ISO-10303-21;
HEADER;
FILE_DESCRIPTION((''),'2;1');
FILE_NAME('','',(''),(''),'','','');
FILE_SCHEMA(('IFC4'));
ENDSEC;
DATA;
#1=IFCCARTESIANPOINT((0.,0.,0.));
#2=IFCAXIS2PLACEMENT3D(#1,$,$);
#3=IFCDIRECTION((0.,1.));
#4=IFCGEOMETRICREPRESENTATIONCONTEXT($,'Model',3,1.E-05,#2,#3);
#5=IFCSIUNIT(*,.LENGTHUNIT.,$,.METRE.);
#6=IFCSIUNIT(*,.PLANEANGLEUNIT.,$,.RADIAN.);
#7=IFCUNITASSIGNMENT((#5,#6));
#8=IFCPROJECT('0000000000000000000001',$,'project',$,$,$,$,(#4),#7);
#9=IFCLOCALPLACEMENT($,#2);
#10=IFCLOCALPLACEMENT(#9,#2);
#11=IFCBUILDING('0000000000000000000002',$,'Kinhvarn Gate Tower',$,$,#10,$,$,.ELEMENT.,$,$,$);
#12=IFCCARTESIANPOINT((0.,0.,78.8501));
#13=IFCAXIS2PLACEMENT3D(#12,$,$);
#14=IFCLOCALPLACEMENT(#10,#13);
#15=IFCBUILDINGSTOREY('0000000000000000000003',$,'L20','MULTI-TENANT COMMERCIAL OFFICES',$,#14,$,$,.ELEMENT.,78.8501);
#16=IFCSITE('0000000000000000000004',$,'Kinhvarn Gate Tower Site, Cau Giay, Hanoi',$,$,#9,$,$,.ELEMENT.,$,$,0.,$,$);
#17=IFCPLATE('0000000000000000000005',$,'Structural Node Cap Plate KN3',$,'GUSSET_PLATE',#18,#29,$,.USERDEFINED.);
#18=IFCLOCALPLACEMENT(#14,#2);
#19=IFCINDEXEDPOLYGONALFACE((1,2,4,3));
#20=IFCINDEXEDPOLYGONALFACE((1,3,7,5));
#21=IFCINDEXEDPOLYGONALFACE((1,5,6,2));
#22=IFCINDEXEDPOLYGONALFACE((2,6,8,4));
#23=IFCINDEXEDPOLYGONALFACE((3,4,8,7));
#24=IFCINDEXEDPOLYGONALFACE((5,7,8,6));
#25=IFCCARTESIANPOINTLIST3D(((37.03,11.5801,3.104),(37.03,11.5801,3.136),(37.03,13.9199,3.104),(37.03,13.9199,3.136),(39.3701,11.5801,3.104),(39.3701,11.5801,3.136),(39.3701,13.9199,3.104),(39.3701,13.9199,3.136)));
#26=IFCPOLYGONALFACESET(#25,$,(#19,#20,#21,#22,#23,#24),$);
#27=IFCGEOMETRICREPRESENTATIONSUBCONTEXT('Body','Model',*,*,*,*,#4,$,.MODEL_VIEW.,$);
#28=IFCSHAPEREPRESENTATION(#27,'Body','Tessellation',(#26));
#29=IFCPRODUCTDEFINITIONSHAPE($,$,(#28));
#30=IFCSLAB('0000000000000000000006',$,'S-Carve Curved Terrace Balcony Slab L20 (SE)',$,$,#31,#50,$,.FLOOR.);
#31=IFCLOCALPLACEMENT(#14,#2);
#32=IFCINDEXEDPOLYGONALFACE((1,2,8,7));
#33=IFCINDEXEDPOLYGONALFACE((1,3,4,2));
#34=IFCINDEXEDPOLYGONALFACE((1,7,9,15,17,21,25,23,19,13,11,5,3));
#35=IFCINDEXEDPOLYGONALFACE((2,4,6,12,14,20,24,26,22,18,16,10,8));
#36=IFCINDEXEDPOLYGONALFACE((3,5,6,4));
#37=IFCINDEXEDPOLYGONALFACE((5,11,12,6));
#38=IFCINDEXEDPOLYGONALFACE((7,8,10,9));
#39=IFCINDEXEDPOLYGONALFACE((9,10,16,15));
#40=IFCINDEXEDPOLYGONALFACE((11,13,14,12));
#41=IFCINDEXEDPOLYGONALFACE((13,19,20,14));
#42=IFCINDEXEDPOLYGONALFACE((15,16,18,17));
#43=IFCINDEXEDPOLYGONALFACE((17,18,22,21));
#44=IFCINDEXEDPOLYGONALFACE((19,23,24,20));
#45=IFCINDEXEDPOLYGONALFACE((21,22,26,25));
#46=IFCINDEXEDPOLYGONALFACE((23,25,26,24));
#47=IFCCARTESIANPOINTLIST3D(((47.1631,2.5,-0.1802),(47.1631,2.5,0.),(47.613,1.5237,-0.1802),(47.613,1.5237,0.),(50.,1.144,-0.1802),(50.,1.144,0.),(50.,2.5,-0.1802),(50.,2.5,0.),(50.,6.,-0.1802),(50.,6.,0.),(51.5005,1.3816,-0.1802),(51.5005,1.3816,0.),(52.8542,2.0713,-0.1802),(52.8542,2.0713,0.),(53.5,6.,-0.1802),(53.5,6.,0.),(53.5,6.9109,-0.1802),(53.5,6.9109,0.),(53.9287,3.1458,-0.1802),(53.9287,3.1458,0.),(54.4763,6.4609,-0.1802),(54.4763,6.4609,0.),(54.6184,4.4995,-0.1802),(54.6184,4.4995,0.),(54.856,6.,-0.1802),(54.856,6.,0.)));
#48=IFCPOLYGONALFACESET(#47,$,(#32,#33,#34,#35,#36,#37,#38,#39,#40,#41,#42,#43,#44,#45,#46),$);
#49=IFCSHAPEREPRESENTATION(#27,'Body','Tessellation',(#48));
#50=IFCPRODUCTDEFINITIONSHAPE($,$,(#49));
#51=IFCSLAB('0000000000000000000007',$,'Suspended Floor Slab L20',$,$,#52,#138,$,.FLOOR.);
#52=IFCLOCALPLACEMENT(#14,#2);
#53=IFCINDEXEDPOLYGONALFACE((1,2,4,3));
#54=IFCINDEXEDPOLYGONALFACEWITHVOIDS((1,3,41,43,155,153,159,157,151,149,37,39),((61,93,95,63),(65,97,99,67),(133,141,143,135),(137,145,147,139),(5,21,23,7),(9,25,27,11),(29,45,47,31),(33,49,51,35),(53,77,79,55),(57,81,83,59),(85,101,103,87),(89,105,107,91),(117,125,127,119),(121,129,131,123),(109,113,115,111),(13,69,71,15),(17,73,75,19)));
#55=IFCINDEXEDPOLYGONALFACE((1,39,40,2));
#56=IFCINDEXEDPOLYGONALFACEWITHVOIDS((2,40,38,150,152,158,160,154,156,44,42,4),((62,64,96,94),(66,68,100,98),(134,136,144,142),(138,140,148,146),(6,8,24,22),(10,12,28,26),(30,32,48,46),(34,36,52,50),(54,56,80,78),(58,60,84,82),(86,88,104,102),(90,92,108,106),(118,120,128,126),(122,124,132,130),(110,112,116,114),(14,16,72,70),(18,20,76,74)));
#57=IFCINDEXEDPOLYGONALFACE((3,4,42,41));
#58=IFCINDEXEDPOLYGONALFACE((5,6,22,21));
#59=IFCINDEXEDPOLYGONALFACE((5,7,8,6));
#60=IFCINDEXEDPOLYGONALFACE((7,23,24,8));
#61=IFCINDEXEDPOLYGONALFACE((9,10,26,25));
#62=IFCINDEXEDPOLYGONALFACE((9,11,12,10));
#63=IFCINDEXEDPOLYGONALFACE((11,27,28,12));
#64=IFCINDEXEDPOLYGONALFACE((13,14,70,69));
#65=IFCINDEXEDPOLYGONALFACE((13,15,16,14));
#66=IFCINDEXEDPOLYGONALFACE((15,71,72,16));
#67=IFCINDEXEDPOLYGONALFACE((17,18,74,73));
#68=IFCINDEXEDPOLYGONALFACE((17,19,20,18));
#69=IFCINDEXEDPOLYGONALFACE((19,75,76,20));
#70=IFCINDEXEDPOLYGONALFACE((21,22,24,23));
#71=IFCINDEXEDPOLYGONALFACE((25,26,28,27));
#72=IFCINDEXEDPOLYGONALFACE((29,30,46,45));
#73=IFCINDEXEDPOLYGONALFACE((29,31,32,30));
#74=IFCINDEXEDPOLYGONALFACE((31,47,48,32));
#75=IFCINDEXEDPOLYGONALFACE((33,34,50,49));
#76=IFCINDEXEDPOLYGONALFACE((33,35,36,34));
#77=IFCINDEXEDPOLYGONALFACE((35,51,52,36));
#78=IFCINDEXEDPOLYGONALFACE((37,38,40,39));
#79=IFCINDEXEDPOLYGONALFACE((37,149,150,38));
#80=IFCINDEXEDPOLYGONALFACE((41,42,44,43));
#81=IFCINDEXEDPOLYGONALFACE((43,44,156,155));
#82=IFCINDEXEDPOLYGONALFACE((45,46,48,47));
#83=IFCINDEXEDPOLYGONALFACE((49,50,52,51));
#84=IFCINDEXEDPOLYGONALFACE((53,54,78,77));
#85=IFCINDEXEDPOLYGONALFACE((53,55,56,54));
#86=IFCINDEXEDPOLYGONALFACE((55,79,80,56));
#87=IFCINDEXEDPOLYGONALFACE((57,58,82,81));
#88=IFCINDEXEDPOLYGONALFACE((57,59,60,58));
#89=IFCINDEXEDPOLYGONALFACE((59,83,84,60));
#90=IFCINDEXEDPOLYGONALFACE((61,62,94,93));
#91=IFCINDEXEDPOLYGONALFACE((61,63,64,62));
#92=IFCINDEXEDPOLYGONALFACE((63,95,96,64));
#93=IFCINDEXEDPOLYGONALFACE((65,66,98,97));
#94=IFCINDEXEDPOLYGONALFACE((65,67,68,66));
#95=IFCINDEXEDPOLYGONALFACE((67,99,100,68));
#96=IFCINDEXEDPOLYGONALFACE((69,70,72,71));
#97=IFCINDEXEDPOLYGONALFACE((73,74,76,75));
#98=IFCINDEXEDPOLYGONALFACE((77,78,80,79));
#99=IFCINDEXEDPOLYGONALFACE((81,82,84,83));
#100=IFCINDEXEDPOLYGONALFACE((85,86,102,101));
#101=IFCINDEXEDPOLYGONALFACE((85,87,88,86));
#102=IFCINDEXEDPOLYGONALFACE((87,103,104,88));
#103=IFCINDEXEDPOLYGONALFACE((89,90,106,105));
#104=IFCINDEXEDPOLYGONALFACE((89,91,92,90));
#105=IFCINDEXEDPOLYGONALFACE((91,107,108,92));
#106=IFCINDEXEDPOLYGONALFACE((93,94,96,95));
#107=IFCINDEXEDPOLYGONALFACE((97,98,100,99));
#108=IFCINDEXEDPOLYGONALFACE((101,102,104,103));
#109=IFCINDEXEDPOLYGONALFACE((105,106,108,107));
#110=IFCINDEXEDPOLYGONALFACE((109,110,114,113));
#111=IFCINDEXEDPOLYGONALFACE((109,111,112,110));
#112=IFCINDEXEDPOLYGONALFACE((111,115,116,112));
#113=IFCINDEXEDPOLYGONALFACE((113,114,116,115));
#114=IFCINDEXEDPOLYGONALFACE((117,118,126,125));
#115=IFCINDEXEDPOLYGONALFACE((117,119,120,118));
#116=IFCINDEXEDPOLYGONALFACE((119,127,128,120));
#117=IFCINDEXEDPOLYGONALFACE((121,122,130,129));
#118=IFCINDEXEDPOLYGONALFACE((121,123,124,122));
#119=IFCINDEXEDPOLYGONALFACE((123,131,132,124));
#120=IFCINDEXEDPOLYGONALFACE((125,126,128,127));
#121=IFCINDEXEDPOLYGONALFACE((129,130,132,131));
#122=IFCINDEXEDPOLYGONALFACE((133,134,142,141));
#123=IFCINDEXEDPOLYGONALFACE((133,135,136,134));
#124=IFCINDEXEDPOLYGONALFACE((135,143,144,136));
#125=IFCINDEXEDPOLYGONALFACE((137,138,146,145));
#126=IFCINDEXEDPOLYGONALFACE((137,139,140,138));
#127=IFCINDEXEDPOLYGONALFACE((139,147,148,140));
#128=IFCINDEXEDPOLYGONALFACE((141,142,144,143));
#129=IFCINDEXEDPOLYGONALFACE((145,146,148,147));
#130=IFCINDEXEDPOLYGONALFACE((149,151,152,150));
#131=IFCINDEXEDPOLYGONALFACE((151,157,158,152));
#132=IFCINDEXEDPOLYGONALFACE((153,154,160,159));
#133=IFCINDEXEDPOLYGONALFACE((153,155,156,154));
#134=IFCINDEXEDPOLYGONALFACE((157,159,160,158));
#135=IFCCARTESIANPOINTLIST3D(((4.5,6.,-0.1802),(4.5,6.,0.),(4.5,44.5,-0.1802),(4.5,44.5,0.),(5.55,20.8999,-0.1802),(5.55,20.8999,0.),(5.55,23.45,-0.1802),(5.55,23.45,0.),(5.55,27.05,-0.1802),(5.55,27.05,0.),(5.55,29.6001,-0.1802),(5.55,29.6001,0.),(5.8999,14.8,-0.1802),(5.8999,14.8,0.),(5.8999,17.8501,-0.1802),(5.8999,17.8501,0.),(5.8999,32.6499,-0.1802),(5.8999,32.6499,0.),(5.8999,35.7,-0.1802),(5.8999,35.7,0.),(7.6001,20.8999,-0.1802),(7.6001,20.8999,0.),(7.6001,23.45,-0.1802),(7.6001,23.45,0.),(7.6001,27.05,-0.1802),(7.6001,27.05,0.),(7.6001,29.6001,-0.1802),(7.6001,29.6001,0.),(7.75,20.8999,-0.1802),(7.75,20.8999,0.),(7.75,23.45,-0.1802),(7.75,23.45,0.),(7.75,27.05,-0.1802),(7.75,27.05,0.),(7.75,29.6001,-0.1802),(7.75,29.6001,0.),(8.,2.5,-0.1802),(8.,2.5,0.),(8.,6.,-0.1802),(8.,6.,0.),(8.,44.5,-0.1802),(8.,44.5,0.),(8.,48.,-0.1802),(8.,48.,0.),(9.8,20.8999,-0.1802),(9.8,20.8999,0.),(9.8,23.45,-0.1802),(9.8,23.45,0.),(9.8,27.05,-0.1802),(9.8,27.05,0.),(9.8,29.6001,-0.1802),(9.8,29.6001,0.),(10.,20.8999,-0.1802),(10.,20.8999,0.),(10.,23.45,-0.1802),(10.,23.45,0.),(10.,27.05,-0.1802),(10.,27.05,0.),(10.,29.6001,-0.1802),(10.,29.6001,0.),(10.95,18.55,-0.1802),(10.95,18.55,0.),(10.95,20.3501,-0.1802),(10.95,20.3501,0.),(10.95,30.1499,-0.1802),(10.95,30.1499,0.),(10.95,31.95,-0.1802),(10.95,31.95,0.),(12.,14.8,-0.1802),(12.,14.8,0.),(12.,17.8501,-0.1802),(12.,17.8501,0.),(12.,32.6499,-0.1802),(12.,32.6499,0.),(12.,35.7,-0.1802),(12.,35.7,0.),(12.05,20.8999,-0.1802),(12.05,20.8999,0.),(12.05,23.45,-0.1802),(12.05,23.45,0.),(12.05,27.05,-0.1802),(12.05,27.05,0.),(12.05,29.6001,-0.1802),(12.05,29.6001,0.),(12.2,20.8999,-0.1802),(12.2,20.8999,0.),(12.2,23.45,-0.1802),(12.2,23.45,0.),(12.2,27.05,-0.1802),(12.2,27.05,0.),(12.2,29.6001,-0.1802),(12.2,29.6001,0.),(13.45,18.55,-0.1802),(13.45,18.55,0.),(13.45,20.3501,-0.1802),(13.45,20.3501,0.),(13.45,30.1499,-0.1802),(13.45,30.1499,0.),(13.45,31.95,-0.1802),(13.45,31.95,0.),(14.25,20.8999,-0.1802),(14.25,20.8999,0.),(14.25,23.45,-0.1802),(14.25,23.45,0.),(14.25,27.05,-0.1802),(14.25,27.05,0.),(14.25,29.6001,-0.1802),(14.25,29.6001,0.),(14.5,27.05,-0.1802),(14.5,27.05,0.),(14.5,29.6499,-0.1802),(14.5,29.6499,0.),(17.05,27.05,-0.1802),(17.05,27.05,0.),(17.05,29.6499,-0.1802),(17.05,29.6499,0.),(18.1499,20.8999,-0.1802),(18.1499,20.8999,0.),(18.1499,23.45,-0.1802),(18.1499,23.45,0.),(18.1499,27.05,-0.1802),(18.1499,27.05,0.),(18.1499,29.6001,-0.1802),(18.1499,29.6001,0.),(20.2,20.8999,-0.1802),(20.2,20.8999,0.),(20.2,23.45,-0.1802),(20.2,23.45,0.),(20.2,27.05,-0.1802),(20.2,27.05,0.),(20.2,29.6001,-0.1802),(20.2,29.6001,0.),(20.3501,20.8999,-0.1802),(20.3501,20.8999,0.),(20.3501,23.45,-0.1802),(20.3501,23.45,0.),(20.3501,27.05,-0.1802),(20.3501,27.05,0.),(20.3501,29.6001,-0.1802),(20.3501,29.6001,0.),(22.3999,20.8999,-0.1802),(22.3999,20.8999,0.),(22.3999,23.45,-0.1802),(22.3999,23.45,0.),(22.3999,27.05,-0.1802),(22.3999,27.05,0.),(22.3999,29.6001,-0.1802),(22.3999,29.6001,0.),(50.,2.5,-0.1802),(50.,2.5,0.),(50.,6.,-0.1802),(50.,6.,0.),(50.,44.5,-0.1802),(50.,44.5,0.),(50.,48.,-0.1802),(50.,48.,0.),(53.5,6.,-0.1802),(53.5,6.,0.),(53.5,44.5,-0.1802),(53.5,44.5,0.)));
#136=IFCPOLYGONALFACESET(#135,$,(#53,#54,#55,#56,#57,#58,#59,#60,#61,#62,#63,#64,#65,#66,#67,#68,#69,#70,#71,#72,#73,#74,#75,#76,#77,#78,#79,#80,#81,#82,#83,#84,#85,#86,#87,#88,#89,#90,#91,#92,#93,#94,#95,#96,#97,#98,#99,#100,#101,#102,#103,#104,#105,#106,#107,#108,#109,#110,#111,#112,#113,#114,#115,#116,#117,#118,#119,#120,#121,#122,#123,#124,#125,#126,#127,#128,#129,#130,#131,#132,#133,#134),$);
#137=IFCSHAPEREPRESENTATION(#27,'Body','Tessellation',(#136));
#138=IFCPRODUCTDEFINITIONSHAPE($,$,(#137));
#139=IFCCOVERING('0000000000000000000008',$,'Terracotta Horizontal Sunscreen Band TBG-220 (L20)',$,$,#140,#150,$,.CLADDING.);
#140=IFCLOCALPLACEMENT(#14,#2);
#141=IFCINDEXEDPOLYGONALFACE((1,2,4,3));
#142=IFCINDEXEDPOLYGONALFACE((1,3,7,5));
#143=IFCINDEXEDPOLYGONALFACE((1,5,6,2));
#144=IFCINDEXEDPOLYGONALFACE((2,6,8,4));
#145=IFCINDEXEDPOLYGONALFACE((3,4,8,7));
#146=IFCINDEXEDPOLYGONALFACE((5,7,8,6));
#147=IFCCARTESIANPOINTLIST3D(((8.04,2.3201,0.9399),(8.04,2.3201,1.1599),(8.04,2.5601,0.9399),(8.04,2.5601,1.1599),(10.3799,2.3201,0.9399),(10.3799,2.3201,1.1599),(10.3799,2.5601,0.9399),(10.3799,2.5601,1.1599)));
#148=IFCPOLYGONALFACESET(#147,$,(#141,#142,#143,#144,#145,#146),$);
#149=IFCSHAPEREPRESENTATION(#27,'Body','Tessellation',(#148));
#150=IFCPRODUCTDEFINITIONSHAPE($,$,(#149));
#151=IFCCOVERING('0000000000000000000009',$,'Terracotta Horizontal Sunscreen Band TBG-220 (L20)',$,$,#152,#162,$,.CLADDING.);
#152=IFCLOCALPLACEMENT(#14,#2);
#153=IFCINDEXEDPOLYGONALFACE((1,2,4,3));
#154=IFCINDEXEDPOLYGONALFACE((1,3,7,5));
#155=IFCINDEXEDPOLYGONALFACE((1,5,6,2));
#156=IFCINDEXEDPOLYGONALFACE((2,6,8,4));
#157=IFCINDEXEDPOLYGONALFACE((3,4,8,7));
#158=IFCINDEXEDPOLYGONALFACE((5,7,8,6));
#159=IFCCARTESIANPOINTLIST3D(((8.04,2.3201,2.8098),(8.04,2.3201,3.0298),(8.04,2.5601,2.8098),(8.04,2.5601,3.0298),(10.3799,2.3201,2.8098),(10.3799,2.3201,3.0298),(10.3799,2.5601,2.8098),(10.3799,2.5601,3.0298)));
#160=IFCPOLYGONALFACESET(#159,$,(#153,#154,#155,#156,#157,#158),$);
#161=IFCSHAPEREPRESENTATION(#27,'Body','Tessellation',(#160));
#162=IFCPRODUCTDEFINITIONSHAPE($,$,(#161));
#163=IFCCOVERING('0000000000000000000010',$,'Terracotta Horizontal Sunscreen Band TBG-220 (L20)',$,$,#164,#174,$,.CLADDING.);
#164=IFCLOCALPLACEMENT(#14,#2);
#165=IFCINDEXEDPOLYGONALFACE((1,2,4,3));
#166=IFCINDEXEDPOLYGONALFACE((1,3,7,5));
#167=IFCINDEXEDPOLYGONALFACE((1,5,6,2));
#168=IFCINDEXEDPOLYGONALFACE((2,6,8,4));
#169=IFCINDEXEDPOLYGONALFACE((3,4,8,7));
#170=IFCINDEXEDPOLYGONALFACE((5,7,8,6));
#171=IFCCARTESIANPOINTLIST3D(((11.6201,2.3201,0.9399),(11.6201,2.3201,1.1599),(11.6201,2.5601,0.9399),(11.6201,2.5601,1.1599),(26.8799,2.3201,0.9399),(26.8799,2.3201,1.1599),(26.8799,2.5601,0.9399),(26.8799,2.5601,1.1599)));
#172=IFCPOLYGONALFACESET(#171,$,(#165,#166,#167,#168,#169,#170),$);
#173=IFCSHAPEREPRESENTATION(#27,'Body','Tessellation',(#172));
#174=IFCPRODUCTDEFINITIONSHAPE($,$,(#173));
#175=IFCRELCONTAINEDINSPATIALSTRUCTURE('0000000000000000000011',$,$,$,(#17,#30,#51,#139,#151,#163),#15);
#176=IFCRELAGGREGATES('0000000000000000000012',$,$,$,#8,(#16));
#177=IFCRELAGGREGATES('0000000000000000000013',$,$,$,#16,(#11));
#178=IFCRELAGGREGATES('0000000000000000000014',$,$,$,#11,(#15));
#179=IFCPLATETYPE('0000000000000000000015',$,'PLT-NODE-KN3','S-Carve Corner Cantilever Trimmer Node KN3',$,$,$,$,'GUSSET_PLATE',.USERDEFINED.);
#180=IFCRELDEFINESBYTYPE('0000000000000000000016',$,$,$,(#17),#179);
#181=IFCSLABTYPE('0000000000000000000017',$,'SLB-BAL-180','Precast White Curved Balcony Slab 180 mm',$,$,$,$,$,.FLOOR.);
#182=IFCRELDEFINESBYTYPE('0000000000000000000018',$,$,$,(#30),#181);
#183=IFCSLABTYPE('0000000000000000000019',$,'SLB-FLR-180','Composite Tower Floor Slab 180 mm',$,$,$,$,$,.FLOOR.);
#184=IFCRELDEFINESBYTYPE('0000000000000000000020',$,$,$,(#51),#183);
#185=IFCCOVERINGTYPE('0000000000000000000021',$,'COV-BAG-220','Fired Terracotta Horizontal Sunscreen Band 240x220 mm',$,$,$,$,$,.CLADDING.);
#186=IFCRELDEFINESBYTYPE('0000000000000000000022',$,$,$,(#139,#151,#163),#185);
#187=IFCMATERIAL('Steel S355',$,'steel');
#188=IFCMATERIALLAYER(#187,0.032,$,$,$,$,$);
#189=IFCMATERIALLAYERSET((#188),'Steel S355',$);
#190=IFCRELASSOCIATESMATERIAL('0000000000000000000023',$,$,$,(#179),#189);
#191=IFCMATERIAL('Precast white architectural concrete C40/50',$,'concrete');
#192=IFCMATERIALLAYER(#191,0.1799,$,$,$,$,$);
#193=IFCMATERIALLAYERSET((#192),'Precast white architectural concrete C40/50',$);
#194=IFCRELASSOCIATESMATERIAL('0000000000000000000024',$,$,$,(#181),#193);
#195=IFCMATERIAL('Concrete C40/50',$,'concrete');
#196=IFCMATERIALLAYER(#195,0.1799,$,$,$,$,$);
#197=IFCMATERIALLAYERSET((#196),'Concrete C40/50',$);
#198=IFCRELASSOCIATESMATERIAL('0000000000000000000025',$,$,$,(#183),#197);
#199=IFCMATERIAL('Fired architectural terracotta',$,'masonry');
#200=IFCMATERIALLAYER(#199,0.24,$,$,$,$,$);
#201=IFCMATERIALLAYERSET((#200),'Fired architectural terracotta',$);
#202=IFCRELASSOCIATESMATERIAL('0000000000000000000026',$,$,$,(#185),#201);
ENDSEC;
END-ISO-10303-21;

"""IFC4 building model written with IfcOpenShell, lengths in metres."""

from ifc_helpers import new_model, si_unit, direction, frame, origin, place, context, subcontext, project, spatial, polyline, outline, extrude, material, layer, layer_set, type_object, element, save


model = new_model("IFC4")

# Units and contexts
model_context = context("Model", 3, precision=1e-05, world=origin(), true_north=direction((0.0, 1.0)))
body_context = subcontext(model_context, "Body", "Model", "MODEL_VIEW")
ifc_project = project(units=[si_unit("LENGTHUNIT", "METRE"), si_unit("PLANEANGLEUNIT", "RADIAN")], contexts=[model_context])

# Site, building, storey
site_placement = place(None, origin())
site = spatial("IfcSite", under=ifc_project, at=site_placement, Name="Kinhvarn Gate Tower Site, Cau Giay, Hanoi", CompositionType="ELEMENT", RefElevation=0.0)
building_placement = place(site_placement, origin())
building = spatial("IfcBuilding", under=site, at=building_placement, Name="Kinhvarn Gate Tower", CompositionType="ELEMENT")
storey_placement = place(building_placement, frame((0.0, 0.0, 78.8501)))
storey = spatial("IfcBuildingStorey", under=building, at=storey_placement, Name="L20", Description="MULTI-TENANT COMMERCIAL OFFICES", CompositionType="ELEMENT", Elevation=78.8501)

# Plate
ifc_material_1 = material(Name="Steel S355", Category="steel")
ifc_layer_1 = layer(ifc_material_1, 0.032)
ifc_layer_set_1 = layer_set([ifc_layer_1], Name="Steel S355")
plate_type = type_object("IfcPlateType", Name="PLT-NODE-KN3", Description="S-Carve Corner Cantilever Trimmer Node KN3", ElementType="GUSSET_PLATE", PredefinedType="USERDEFINED", material=ifc_layer_set_1)
plate_placement = place(storey_placement, frame((0.0, 0.0, 3.104)))
element("IfcPlate", 1, at=plate_placement, inside=storey, type_object=plate_type, Name="Structural Node Cap Plate KN3", ObjectType="GUSSET_PLATE", PredefinedType="USERDEFINED", context=body_context, shape_type="SweptSolid", body=[
    extrude(outline(polyline([(37.03, 11.5801), (39.3701, 11.5801), (39.3701, 13.9199), (37.03, 13.9199), (37.03, 11.5801)])), origin(), (0.0, 0.0, 1.0), 0.032),
])

# Slabs
ifc_material_2 = material(Name="Precast white architectural concrete C40/50", Category="concrete")
ifc_layer_2 = layer(ifc_material_2, 0.1799)
ifc_layer_set_2 = layer_set([ifc_layer_2], Name="Precast white architectural concrete C40/50")
slab_type_1 = type_object("IfcSlabType", Name="SLB-BAL-180", Description="Precast White Curved Balcony Slab 180 mm", PredefinedType="FLOOR", material=ifc_layer_set_2)
slab_1_placement = place(storey_placement, frame((0.0, 0.0, -0.1802)))
element("IfcSlab", 2, at=slab_1_placement, inside=storey, type_object=slab_type_1, Name="S-Carve Curved Terrace Balcony Slab L20 (SE)", PredefinedType="FLOOR", context=body_context, shape_type="SweptSolid", body=[
    extrude(outline(polyline([(47.1631, 2.5), (47.613, 1.5237), (50.0, 1.144), (51.5005, 1.3816), (52.8542, 2.0713), (53.9287, 3.1458), (54.6184, 4.4995), (54.856, 6.0), (54.4763, 6.4609), (53.5, 6.9109), (53.5, 6.0), (50.0, 6.0), (50.0, 2.5), (47.1631, 2.5)])), origin(), (0.0, 0.0, 1.0), 0.1802),
])
ifc_material_3 = material(Name="Concrete C40/50", Category="concrete")
ifc_layer_3 = layer(ifc_material_3, 0.1799)
ifc_layer_set_3 = layer_set([ifc_layer_3], Name="Concrete C40/50")
slab_type_2 = type_object("IfcSlabType", Name="SLB-FLR-180", Description="Composite Tower Floor Slab 180 mm", PredefinedType="FLOOR", material=ifc_layer_set_3)
slab_2_placement = place(storey_placement, frame((0.0, 0.0, -0.1802)))
element("IfcSlab", 3, at=slab_2_placement, inside=storey, type_object=slab_type_2, Name="Suspended Floor Slab L20", PredefinedType="FLOOR", context=body_context, shape_type="SweptSolid", body=[
    extrude(outline(polyline([(8.0, 2.5), (50.0, 2.5), (50.0, 6.0), (53.5, 6.0), (53.5, 44.5), (50.0, 44.5), (50.0, 48.0), (8.0, 48.0), (8.0, 44.5), (4.5, 44.5), (4.5, 6.0), (8.0, 6.0), (8.0, 2.5)]), holes=[polyline([(5.8999, 14.8), (12.0, 14.8), (12.0, 17.8501), (5.8999, 17.8501), (5.8999, 14.8)]), polyline([(5.8999, 32.6499), (12.0, 32.6499), (12.0, 35.7), (5.8999, 35.7), (5.8999, 32.6499)]), polyline([(18.1499, 20.8999), (20.2, 20.8999), (20.2, 23.45), (18.1499, 23.45), (18.1499, 20.8999)]), polyline([(20.3501, 20.8999), (22.3999, 20.8999), (22.3999, 23.45), (20.3501, 23.45), (20.3501, 20.8999)]), polyline([(18.1499, 27.05), (20.2, 27.05), (20.2, 29.6001), (18.1499, 29.6001), (18.1499, 27.05)]), polyline([(20.3501, 27.05), (22.3999, 27.05), (22.3999, 29.6001), (20.3501, 29.6001), (20.3501, 27.05)]), polyline([(5.55, 20.8999), (7.6001, 20.8999), (7.6001, 23.45), (5.55, 23.45), (5.55, 20.8999)]), polyline([(7.75, 20.8999), (9.8, 20.8999), (9.8, 23.45), (7.75, 23.45), (7.75, 20.8999)]), polyline([(5.55, 27.05), (7.6001, 27.05), (7.6001, 29.6001), (5.55, 29.6001), (5.55, 27.05)]), polyline([(7.75, 27.05), (9.8, 27.05), (9.8, 29.6001), (7.75, 29.6001), (7.75, 27.05)]), polyline([(10.0, 20.8999), (12.05, 20.8999), (12.05, 23.45), (10.0, 23.45), (10.0, 20.8999)]), polyline([(12.2, 20.8999), (14.25, 20.8999), (14.25, 23.45), (12.2, 23.45), (12.2, 20.8999)]), polyline([(10.0, 27.05), (12.05, 27.05), (12.05, 29.6001), (10.0, 29.6001), (10.0, 27.05)]), polyline([(12.2, 27.05), (14.25, 27.05), (14.25, 29.6001), (12.2, 29.6001), (12.2, 27.05)]), polyline([(14.5, 27.05), (17.05, 27.05), (17.05, 29.6499), (14.5, 29.6499), (14.5, 27.05)]), polyline([(10.95, 18.55), (13.45, 18.55), (13.45, 20.3501), (10.95, 20.3501), (10.95, 18.55)]), polyline([(10.95, 30.1499), (13.45, 30.1499), (13.45, 31.95), (10.95, 31.95), (10.95, 30.1499)])]), origin(), (0.0, 0.0, 1.0), 0.1802),
])

# Coverings
ifc_material_4 = material(Name="Fired architectural terracotta", Category="masonry")
ifc_layer_4 = layer(ifc_material_4, 0.24)
ifc_layer_set_4 = layer_set([ifc_layer_4], Name="Fired architectural terracotta")
covering_type_1 = type_object("IfcCoveringType", Name="COV-BAG-220", Description="Fired Terracotta Horizontal Sunscreen Band 240x220 mm", PredefinedType="CLADDING", material=ifc_layer_set_4)
for number, where, name in (
    (4, (0.0, 0.0, 0.9399), "Terracotta Horizontal Sunscreen Band TBG-220 (L20)"),
    (5, (0.0, 0.0, 2.8098), "Terracotta Horizontal Sunscreen Band TBG-220 (L20)"),
):
    element("IfcCovering", number, at=place(storey_placement, frame(where)), inside=storey, type_object=covering_type_1, Name=name, PredefinedType="CLADDING", context=body_context, shape_type="SweptSolid", body=[
        extrude(outline(polyline([(8.04, 2.5601), (10.3799, 2.5601), (10.3799, 2.3201), (8.04, 2.3201), (8.04, 2.5601)])), origin(), (0.0, 0.0, 1.0), 0.22),
    ])
for number, where, name in (
    (6, (0.0, 0.0, 0.9399), "Terracotta Horizontal Sunscreen Band TBG-220 (L20)"),
):
    element("IfcCovering", number, at=place(storey_placement, frame(where)), inside=storey, type_object=covering_type_1, Name=name, PredefinedType="CLADDING", context=body_context, shape_type="SweptSolid", body=[
        extrude(outline(polyline([(11.6201, 2.5601), (26.8799, 2.5601), (26.8799, 2.3201), (11.6201, 2.3201), (11.6201, 2.5601)])), origin(), (0.0, 0.0, 1.0), 0.22),
    ])

save(model, "model.ifc")
